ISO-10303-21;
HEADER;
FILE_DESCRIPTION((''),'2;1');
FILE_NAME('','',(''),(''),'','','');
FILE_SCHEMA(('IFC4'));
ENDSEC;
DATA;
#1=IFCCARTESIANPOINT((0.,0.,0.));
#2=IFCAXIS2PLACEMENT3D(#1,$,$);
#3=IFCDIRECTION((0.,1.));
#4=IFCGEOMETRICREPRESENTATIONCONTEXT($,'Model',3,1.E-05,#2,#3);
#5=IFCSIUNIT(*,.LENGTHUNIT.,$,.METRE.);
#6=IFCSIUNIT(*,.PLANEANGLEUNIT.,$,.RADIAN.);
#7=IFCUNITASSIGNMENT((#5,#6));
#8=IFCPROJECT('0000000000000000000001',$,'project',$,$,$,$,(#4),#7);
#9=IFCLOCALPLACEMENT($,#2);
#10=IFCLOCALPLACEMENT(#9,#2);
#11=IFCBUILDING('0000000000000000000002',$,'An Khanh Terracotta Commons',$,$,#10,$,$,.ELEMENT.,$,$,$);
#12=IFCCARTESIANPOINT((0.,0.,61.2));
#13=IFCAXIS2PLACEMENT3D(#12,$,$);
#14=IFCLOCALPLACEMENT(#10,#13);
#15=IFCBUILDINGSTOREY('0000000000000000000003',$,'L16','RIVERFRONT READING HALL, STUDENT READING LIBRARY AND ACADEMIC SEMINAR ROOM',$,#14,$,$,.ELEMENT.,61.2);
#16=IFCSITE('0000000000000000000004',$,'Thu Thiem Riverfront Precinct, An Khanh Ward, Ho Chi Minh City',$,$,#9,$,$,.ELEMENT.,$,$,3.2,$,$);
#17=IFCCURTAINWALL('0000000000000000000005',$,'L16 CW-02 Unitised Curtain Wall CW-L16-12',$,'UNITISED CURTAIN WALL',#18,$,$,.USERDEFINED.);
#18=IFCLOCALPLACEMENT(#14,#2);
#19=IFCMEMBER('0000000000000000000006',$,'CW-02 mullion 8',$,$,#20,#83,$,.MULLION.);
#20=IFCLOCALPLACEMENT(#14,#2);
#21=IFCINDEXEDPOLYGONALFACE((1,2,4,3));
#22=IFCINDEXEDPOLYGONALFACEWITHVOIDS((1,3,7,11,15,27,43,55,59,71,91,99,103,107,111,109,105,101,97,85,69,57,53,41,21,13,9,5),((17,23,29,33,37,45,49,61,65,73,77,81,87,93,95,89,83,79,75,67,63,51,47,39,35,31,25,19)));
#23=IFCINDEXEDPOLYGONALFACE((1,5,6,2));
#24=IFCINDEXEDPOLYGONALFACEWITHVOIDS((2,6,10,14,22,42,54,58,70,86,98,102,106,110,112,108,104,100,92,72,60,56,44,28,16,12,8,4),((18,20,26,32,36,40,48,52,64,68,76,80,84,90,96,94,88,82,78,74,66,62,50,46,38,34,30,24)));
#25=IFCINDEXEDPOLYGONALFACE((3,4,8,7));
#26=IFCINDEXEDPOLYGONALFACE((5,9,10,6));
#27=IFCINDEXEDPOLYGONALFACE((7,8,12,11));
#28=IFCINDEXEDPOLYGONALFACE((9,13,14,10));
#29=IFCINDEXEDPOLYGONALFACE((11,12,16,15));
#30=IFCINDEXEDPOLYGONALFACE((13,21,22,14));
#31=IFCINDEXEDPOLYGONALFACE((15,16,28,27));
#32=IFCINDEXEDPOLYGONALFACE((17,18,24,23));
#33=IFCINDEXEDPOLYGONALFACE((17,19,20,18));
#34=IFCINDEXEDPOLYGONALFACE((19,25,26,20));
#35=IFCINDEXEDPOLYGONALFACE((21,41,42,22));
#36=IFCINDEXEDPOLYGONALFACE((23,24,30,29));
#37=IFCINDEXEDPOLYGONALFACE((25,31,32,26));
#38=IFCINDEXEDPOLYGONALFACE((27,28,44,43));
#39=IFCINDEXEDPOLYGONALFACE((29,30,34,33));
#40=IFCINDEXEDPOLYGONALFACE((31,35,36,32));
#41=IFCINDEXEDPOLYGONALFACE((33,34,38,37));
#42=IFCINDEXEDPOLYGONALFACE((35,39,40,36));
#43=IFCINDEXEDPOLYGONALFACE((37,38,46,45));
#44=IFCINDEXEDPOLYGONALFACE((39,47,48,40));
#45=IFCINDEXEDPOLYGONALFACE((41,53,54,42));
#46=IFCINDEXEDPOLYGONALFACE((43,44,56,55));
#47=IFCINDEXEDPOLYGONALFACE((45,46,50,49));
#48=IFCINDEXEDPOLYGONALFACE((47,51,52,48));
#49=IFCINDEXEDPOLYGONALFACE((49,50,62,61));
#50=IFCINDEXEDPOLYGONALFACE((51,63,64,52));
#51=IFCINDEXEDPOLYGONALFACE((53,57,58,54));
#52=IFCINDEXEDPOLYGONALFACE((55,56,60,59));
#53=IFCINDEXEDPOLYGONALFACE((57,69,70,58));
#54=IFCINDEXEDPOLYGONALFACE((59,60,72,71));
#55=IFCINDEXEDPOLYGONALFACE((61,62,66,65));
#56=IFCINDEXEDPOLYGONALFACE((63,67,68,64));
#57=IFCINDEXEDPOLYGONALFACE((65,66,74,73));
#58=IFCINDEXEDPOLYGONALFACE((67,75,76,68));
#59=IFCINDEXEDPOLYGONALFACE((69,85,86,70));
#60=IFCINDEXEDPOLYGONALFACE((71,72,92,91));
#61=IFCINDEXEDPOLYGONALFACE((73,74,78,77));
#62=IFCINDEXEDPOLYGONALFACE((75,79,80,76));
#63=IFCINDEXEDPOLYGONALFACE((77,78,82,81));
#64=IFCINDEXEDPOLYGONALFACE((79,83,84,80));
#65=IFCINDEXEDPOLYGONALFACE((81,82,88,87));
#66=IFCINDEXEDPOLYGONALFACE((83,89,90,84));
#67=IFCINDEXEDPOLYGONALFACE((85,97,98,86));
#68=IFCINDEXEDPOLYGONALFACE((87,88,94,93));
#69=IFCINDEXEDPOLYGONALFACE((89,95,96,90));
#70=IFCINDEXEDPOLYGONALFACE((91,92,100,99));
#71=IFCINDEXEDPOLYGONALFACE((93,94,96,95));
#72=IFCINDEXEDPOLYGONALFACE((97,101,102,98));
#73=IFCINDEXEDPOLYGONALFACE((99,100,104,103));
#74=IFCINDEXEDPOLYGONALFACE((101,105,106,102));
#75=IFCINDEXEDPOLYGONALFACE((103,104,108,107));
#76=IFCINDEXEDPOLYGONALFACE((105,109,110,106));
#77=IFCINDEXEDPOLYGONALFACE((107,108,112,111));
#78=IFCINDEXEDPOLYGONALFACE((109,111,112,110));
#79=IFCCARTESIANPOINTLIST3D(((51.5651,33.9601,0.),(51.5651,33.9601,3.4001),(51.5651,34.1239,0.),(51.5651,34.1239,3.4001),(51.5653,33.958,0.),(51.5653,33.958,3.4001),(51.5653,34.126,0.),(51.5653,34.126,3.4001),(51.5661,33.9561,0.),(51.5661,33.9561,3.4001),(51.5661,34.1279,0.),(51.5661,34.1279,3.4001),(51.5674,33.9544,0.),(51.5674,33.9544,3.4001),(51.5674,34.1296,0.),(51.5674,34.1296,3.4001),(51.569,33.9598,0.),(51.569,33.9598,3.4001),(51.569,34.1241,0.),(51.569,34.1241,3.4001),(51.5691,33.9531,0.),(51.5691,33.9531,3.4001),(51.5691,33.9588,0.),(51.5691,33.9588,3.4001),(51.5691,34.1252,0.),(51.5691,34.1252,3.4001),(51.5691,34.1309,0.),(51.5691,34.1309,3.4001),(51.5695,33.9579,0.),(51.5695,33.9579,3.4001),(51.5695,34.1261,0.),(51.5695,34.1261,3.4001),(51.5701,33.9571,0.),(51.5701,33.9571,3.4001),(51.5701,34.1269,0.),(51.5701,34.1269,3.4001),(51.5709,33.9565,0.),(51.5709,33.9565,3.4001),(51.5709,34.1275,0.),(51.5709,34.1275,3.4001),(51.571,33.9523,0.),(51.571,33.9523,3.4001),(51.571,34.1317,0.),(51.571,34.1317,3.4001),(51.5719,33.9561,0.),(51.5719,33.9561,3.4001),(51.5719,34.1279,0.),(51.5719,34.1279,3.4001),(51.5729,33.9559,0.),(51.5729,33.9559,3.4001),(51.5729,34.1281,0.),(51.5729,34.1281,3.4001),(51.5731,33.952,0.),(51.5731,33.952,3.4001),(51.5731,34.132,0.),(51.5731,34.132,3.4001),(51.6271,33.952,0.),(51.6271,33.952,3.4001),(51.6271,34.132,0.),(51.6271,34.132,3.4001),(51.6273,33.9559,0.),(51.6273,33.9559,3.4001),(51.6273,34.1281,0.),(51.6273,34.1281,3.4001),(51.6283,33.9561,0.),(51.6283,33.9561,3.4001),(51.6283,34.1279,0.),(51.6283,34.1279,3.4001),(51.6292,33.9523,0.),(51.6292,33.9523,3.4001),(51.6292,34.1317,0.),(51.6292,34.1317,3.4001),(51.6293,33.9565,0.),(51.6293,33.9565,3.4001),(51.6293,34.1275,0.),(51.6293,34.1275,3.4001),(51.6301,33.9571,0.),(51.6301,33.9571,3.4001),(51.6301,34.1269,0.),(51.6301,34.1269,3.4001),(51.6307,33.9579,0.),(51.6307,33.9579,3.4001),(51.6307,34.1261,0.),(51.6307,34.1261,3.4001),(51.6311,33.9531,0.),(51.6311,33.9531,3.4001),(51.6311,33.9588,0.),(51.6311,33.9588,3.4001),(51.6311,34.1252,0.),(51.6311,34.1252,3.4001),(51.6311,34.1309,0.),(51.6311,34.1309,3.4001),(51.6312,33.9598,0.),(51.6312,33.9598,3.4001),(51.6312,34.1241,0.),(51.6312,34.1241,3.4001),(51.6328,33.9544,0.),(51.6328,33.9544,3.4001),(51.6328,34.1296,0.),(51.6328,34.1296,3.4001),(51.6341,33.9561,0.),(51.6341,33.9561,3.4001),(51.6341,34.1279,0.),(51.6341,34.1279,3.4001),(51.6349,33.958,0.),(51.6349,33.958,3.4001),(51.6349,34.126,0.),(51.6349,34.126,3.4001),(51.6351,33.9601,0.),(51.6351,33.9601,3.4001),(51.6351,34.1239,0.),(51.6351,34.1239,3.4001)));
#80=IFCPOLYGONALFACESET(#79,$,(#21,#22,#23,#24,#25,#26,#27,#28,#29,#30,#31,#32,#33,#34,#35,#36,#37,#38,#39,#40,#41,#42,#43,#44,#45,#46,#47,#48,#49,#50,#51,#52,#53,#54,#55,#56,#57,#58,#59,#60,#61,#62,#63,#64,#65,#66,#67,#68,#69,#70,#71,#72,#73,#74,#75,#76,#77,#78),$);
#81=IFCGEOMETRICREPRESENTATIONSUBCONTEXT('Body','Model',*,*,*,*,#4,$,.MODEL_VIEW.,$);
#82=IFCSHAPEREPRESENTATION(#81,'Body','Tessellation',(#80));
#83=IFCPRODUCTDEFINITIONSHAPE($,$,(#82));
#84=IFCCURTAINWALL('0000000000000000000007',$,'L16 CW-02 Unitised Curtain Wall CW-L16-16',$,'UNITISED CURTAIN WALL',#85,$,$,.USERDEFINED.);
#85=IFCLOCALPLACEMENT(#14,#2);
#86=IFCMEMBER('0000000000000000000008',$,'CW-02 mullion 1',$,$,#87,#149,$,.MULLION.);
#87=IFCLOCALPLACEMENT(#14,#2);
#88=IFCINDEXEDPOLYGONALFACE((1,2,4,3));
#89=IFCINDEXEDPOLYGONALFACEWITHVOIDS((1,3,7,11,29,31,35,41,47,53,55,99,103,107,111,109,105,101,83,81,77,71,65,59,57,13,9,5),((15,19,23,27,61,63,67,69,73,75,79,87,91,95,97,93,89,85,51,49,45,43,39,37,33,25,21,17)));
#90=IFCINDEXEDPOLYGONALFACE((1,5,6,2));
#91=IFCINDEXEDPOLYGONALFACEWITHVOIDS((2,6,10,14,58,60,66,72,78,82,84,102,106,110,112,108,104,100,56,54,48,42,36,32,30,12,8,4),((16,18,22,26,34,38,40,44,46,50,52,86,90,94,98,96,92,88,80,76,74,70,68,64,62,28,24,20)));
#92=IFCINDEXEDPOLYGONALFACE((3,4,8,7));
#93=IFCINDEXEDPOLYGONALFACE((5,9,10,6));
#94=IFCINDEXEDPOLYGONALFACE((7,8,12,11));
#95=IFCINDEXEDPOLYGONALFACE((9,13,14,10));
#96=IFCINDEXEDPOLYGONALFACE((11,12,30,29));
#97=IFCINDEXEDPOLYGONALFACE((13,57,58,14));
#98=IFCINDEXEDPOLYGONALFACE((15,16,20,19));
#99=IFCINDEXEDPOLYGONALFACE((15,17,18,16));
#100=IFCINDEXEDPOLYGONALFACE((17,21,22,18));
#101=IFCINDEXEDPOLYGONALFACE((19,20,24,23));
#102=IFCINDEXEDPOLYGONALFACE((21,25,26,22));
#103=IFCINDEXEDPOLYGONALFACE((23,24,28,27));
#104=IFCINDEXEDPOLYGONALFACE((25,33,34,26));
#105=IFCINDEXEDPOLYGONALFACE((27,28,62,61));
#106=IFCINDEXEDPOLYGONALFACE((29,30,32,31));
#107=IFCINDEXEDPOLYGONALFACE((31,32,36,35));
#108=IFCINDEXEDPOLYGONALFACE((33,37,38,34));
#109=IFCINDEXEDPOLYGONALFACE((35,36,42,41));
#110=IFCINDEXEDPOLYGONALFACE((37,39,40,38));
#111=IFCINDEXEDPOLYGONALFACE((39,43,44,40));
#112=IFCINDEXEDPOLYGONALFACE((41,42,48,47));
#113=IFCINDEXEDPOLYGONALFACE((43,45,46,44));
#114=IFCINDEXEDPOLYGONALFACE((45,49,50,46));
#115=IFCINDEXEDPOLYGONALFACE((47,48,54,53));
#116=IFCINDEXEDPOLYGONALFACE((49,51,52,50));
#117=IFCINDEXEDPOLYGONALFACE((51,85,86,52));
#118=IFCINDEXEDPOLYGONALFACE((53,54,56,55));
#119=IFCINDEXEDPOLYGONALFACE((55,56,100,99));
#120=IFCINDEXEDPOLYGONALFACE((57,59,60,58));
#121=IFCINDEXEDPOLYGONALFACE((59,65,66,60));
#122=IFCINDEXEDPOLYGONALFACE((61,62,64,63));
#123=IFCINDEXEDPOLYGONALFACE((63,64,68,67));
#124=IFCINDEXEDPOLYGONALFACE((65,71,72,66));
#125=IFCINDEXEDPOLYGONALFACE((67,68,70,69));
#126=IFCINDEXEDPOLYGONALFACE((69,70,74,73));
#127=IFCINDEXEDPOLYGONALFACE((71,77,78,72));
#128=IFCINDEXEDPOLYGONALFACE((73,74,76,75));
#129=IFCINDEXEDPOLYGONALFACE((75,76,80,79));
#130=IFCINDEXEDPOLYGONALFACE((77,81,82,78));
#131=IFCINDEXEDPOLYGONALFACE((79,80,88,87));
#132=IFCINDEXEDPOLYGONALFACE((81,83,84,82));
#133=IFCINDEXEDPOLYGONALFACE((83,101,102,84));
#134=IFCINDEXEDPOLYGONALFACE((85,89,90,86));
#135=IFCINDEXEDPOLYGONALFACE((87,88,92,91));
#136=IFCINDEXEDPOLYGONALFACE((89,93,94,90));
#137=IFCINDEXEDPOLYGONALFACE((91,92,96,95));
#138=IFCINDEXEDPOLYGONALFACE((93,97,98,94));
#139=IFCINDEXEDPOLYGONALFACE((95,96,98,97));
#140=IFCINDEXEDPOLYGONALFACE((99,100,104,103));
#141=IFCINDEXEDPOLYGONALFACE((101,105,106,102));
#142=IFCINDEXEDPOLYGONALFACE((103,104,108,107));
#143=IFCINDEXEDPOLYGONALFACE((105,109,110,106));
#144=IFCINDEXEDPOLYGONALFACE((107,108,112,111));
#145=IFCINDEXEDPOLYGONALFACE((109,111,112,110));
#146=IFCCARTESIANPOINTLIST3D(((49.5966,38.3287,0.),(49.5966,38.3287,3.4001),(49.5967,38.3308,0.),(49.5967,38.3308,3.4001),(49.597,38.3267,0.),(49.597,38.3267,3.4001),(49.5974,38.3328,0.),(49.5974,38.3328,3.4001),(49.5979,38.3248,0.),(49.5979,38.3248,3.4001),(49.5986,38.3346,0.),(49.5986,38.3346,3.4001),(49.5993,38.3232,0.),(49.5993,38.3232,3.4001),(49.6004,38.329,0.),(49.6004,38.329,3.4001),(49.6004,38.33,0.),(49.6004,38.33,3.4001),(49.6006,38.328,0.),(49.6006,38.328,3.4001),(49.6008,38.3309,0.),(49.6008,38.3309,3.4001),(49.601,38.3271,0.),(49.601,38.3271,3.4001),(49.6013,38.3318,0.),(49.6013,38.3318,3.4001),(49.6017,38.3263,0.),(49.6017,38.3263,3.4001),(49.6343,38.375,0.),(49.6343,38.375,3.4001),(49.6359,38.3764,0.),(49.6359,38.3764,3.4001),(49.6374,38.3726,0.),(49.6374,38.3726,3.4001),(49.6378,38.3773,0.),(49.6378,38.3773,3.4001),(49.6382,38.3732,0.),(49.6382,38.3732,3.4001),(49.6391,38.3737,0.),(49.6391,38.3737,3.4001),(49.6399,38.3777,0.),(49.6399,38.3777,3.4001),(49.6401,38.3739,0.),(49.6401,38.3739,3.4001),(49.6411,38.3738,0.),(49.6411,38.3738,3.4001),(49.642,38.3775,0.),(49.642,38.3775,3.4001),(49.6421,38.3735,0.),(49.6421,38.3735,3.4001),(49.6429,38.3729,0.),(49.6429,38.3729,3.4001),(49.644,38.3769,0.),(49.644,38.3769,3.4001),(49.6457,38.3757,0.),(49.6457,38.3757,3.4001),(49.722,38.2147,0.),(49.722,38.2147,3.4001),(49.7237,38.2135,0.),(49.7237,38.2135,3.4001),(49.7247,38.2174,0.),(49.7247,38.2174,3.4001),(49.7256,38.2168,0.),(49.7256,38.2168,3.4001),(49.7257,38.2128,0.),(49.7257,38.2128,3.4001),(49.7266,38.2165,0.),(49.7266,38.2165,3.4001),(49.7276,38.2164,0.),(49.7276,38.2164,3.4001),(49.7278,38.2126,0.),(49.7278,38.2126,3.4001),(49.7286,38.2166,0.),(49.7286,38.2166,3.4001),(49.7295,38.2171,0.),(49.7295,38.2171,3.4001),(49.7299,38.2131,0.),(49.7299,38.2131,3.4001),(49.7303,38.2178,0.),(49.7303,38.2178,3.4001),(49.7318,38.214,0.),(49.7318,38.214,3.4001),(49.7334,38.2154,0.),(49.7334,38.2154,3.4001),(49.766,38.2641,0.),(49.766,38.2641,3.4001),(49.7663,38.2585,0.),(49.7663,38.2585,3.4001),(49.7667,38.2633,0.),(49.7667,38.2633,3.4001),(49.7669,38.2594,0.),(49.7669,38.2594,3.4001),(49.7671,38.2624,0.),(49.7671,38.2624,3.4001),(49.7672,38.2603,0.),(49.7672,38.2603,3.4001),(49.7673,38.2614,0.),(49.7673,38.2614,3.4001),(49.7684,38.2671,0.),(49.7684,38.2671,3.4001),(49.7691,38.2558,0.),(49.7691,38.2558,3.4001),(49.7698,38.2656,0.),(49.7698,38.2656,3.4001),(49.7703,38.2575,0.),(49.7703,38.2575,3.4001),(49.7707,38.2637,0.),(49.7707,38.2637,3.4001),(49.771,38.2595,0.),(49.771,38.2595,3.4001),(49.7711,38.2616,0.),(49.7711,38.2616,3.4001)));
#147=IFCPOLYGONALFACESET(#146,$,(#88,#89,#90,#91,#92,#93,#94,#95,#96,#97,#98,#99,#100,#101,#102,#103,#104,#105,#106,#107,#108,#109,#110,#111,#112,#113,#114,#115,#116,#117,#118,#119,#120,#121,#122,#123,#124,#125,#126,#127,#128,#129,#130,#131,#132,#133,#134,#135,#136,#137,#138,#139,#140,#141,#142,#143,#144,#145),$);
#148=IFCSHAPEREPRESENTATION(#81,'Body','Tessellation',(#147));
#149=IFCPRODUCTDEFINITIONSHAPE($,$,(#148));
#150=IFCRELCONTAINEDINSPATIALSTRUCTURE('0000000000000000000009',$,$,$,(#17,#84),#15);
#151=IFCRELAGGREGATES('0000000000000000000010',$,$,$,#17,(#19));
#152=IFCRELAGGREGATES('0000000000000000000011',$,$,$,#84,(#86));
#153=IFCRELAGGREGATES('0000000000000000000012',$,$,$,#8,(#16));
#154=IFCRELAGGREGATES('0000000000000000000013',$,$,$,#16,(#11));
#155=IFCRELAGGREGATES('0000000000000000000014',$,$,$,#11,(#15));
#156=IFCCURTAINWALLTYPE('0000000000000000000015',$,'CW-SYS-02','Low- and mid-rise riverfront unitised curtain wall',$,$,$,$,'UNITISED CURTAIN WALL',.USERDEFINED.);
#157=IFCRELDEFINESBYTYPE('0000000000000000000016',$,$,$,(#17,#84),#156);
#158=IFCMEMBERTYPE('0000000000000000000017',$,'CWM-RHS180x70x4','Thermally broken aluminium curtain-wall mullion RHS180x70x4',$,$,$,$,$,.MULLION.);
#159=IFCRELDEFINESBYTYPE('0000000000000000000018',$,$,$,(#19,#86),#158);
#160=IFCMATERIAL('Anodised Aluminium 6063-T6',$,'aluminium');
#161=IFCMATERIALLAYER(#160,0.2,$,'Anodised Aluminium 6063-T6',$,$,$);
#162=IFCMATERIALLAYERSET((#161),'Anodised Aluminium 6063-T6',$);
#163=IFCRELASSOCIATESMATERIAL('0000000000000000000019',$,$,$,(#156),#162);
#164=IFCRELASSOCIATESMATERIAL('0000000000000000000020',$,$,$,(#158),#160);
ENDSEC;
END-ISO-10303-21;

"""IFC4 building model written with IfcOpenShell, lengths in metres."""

from ifc_helpers import new_model, si_unit, direction, frame, origin, origin_2d, place, context, subcontext, project, spatial, hollow_rectangle, extrude, material, layer, layer_set, material_profile, profile_set, type_object, element, aggregate, save


model = new_model("IFC4")

# Units and contexts
model_context = context("Model", 3, precision=1e-05, world=origin(), true_north=direction((0.0, 1.0)))
body_context = subcontext(model_context, "Body", "Model", "MODEL_VIEW")
ifc_project = project(units=[si_unit("LENGTHUNIT", "METRE"), si_unit("PLANEANGLEUNIT", "RADIAN")], contexts=[model_context])

# Site, building, storey
site_placement = place(None, origin())
site = spatial("IfcSite", under=ifc_project, at=site_placement, Name="Thu Thiem Riverfront Precinct, An Khanh Ward, Ho Chi Minh City", CompositionType="ELEMENT", RefElevation=3.2)
building_placement = place(site_placement, origin())
building = spatial("IfcBuilding", under=site, at=building_placement, Name="An Khanh Terracotta Commons", CompositionType="ELEMENT")
storey_placement = place(building_placement, frame((0.0, 0.0, 61.2)))
storey = spatial("IfcBuildingStorey", under=building, at=storey_placement, Name="L16", Description="RIVERFRONT READING HALL, STUDENT READING LIBRARY AND ACADEMIC SEMINAR ROOM", CompositionType="ELEMENT", Elevation=61.2)

# Curtain wall, member
ifc_material_1 = material(Name="Anodised Aluminium 6063-T6", Category="aluminium")
ifc_layer_1 = layer(ifc_material_1, 0.2, Name="Anodised Aluminium 6063-T6")
ifc_layer_set_1 = layer_set([ifc_layer_1], Name="Anodised Aluminium 6063-T6")
curtain_wall_type = type_object("IfcCurtainWallType", Name="CW-SYS-02", Description="Low- and mid-rise riverfront unitised curtain wall", ElementType="UNITISED CURTAIN WALL", PredefinedType="USERDEFINED", material=ifc_layer_set_1)
curtain_wall_1_placement = place(storey_placement, origin())
curtain_wall_1 = element("IfcCurtainWall", 1, at=curtain_wall_1_placement, inside=storey, type_object=curtain_wall_type, Name="L16 CW-02 Unitised Curtain Wall CW-L16-12", ObjectType="UNITISED CURTAIN WALL", PredefinedType="USERDEFINED")
ifc_material_profile_1 = material_profile(ifc_material_1, hollow_rectangle(XDim=0.0701, YDim=0.1799, WallThickness=0.0039, InnerFilletRadius=0.0039, OuterFilletRadius=0.0081, at=origin_2d()), Name="RHS180x70x4")
ifc_profile_set_1 = profile_set([ifc_material_profile_1], Name="Anodised Aluminium 6063-T6")
member_type_1 = type_object("IfcMemberType", Name="CWM-RHS180x70x4", Description="Thermally broken aluminium curtain-wall mullion RHS180x70x4", PredefinedType="MULLION", material=ifc_profile_set_1)
member_1_placement = place(storey_placement, frame((51.6001, 34.042, 0.0), z_axis=(0.0, 0.0, 1.0), x_axis=(-1.0, 0.0, 0.0)))
member_1 = element("IfcMember", 2, at=member_1_placement, type_object=member_type_1, Name="CW-02 mullion 8", PredefinedType="MULLION", context=body_context, shape_type="SweptSolid", body=[
    extrude(hollow_rectangle(XDim=0.0701, YDim=0.1799, WallThickness=0.0039, InnerFilletRadius=0.0039, OuterFilletRadius=0.0081, at=origin_2d()), origin(), (0.0, 0.0, 1.0), 3.4001),
])
aggregate(curtain_wall_1, [member_1])

# Curtain wall, member
curtain_wall_2_placement = place(storey_placement, origin())
curtain_wall_2 = element("IfcCurtainWall", 3, at=curtain_wall_2_placement, inside=storey, type_object=curtain_wall_type, Name="L16 CW-02 Unitised Curtain Wall CW-L16-16", ObjectType="UNITISED CURTAIN WALL", PredefinedType="USERDEFINED")
member_2_placement = place(storey_placement, frame((49.6838, 38.2952, 0.0), z_axis=(0.0, 0.0, 1.0), x_axis=(-0.662548, -0.749019, 0.0)))
member_2 = element("IfcMember", 4, at=member_2_placement, type_object=member_type_1, Name="CW-02 mullion 1", PredefinedType="MULLION", context=body_context, shape_type="SweptSolid", body=[
    extrude(hollow_rectangle(XDim=0.0701, YDim=0.1799, WallThickness=0.0039, InnerFilletRadius=0.0039, OuterFilletRadius=0.0081, at=origin_2d()), origin(), (0.0, 0.0, 1.0), 3.4001),
])
aggregate(curtain_wall_2, [member_2])

save(model, "model.ifc")
